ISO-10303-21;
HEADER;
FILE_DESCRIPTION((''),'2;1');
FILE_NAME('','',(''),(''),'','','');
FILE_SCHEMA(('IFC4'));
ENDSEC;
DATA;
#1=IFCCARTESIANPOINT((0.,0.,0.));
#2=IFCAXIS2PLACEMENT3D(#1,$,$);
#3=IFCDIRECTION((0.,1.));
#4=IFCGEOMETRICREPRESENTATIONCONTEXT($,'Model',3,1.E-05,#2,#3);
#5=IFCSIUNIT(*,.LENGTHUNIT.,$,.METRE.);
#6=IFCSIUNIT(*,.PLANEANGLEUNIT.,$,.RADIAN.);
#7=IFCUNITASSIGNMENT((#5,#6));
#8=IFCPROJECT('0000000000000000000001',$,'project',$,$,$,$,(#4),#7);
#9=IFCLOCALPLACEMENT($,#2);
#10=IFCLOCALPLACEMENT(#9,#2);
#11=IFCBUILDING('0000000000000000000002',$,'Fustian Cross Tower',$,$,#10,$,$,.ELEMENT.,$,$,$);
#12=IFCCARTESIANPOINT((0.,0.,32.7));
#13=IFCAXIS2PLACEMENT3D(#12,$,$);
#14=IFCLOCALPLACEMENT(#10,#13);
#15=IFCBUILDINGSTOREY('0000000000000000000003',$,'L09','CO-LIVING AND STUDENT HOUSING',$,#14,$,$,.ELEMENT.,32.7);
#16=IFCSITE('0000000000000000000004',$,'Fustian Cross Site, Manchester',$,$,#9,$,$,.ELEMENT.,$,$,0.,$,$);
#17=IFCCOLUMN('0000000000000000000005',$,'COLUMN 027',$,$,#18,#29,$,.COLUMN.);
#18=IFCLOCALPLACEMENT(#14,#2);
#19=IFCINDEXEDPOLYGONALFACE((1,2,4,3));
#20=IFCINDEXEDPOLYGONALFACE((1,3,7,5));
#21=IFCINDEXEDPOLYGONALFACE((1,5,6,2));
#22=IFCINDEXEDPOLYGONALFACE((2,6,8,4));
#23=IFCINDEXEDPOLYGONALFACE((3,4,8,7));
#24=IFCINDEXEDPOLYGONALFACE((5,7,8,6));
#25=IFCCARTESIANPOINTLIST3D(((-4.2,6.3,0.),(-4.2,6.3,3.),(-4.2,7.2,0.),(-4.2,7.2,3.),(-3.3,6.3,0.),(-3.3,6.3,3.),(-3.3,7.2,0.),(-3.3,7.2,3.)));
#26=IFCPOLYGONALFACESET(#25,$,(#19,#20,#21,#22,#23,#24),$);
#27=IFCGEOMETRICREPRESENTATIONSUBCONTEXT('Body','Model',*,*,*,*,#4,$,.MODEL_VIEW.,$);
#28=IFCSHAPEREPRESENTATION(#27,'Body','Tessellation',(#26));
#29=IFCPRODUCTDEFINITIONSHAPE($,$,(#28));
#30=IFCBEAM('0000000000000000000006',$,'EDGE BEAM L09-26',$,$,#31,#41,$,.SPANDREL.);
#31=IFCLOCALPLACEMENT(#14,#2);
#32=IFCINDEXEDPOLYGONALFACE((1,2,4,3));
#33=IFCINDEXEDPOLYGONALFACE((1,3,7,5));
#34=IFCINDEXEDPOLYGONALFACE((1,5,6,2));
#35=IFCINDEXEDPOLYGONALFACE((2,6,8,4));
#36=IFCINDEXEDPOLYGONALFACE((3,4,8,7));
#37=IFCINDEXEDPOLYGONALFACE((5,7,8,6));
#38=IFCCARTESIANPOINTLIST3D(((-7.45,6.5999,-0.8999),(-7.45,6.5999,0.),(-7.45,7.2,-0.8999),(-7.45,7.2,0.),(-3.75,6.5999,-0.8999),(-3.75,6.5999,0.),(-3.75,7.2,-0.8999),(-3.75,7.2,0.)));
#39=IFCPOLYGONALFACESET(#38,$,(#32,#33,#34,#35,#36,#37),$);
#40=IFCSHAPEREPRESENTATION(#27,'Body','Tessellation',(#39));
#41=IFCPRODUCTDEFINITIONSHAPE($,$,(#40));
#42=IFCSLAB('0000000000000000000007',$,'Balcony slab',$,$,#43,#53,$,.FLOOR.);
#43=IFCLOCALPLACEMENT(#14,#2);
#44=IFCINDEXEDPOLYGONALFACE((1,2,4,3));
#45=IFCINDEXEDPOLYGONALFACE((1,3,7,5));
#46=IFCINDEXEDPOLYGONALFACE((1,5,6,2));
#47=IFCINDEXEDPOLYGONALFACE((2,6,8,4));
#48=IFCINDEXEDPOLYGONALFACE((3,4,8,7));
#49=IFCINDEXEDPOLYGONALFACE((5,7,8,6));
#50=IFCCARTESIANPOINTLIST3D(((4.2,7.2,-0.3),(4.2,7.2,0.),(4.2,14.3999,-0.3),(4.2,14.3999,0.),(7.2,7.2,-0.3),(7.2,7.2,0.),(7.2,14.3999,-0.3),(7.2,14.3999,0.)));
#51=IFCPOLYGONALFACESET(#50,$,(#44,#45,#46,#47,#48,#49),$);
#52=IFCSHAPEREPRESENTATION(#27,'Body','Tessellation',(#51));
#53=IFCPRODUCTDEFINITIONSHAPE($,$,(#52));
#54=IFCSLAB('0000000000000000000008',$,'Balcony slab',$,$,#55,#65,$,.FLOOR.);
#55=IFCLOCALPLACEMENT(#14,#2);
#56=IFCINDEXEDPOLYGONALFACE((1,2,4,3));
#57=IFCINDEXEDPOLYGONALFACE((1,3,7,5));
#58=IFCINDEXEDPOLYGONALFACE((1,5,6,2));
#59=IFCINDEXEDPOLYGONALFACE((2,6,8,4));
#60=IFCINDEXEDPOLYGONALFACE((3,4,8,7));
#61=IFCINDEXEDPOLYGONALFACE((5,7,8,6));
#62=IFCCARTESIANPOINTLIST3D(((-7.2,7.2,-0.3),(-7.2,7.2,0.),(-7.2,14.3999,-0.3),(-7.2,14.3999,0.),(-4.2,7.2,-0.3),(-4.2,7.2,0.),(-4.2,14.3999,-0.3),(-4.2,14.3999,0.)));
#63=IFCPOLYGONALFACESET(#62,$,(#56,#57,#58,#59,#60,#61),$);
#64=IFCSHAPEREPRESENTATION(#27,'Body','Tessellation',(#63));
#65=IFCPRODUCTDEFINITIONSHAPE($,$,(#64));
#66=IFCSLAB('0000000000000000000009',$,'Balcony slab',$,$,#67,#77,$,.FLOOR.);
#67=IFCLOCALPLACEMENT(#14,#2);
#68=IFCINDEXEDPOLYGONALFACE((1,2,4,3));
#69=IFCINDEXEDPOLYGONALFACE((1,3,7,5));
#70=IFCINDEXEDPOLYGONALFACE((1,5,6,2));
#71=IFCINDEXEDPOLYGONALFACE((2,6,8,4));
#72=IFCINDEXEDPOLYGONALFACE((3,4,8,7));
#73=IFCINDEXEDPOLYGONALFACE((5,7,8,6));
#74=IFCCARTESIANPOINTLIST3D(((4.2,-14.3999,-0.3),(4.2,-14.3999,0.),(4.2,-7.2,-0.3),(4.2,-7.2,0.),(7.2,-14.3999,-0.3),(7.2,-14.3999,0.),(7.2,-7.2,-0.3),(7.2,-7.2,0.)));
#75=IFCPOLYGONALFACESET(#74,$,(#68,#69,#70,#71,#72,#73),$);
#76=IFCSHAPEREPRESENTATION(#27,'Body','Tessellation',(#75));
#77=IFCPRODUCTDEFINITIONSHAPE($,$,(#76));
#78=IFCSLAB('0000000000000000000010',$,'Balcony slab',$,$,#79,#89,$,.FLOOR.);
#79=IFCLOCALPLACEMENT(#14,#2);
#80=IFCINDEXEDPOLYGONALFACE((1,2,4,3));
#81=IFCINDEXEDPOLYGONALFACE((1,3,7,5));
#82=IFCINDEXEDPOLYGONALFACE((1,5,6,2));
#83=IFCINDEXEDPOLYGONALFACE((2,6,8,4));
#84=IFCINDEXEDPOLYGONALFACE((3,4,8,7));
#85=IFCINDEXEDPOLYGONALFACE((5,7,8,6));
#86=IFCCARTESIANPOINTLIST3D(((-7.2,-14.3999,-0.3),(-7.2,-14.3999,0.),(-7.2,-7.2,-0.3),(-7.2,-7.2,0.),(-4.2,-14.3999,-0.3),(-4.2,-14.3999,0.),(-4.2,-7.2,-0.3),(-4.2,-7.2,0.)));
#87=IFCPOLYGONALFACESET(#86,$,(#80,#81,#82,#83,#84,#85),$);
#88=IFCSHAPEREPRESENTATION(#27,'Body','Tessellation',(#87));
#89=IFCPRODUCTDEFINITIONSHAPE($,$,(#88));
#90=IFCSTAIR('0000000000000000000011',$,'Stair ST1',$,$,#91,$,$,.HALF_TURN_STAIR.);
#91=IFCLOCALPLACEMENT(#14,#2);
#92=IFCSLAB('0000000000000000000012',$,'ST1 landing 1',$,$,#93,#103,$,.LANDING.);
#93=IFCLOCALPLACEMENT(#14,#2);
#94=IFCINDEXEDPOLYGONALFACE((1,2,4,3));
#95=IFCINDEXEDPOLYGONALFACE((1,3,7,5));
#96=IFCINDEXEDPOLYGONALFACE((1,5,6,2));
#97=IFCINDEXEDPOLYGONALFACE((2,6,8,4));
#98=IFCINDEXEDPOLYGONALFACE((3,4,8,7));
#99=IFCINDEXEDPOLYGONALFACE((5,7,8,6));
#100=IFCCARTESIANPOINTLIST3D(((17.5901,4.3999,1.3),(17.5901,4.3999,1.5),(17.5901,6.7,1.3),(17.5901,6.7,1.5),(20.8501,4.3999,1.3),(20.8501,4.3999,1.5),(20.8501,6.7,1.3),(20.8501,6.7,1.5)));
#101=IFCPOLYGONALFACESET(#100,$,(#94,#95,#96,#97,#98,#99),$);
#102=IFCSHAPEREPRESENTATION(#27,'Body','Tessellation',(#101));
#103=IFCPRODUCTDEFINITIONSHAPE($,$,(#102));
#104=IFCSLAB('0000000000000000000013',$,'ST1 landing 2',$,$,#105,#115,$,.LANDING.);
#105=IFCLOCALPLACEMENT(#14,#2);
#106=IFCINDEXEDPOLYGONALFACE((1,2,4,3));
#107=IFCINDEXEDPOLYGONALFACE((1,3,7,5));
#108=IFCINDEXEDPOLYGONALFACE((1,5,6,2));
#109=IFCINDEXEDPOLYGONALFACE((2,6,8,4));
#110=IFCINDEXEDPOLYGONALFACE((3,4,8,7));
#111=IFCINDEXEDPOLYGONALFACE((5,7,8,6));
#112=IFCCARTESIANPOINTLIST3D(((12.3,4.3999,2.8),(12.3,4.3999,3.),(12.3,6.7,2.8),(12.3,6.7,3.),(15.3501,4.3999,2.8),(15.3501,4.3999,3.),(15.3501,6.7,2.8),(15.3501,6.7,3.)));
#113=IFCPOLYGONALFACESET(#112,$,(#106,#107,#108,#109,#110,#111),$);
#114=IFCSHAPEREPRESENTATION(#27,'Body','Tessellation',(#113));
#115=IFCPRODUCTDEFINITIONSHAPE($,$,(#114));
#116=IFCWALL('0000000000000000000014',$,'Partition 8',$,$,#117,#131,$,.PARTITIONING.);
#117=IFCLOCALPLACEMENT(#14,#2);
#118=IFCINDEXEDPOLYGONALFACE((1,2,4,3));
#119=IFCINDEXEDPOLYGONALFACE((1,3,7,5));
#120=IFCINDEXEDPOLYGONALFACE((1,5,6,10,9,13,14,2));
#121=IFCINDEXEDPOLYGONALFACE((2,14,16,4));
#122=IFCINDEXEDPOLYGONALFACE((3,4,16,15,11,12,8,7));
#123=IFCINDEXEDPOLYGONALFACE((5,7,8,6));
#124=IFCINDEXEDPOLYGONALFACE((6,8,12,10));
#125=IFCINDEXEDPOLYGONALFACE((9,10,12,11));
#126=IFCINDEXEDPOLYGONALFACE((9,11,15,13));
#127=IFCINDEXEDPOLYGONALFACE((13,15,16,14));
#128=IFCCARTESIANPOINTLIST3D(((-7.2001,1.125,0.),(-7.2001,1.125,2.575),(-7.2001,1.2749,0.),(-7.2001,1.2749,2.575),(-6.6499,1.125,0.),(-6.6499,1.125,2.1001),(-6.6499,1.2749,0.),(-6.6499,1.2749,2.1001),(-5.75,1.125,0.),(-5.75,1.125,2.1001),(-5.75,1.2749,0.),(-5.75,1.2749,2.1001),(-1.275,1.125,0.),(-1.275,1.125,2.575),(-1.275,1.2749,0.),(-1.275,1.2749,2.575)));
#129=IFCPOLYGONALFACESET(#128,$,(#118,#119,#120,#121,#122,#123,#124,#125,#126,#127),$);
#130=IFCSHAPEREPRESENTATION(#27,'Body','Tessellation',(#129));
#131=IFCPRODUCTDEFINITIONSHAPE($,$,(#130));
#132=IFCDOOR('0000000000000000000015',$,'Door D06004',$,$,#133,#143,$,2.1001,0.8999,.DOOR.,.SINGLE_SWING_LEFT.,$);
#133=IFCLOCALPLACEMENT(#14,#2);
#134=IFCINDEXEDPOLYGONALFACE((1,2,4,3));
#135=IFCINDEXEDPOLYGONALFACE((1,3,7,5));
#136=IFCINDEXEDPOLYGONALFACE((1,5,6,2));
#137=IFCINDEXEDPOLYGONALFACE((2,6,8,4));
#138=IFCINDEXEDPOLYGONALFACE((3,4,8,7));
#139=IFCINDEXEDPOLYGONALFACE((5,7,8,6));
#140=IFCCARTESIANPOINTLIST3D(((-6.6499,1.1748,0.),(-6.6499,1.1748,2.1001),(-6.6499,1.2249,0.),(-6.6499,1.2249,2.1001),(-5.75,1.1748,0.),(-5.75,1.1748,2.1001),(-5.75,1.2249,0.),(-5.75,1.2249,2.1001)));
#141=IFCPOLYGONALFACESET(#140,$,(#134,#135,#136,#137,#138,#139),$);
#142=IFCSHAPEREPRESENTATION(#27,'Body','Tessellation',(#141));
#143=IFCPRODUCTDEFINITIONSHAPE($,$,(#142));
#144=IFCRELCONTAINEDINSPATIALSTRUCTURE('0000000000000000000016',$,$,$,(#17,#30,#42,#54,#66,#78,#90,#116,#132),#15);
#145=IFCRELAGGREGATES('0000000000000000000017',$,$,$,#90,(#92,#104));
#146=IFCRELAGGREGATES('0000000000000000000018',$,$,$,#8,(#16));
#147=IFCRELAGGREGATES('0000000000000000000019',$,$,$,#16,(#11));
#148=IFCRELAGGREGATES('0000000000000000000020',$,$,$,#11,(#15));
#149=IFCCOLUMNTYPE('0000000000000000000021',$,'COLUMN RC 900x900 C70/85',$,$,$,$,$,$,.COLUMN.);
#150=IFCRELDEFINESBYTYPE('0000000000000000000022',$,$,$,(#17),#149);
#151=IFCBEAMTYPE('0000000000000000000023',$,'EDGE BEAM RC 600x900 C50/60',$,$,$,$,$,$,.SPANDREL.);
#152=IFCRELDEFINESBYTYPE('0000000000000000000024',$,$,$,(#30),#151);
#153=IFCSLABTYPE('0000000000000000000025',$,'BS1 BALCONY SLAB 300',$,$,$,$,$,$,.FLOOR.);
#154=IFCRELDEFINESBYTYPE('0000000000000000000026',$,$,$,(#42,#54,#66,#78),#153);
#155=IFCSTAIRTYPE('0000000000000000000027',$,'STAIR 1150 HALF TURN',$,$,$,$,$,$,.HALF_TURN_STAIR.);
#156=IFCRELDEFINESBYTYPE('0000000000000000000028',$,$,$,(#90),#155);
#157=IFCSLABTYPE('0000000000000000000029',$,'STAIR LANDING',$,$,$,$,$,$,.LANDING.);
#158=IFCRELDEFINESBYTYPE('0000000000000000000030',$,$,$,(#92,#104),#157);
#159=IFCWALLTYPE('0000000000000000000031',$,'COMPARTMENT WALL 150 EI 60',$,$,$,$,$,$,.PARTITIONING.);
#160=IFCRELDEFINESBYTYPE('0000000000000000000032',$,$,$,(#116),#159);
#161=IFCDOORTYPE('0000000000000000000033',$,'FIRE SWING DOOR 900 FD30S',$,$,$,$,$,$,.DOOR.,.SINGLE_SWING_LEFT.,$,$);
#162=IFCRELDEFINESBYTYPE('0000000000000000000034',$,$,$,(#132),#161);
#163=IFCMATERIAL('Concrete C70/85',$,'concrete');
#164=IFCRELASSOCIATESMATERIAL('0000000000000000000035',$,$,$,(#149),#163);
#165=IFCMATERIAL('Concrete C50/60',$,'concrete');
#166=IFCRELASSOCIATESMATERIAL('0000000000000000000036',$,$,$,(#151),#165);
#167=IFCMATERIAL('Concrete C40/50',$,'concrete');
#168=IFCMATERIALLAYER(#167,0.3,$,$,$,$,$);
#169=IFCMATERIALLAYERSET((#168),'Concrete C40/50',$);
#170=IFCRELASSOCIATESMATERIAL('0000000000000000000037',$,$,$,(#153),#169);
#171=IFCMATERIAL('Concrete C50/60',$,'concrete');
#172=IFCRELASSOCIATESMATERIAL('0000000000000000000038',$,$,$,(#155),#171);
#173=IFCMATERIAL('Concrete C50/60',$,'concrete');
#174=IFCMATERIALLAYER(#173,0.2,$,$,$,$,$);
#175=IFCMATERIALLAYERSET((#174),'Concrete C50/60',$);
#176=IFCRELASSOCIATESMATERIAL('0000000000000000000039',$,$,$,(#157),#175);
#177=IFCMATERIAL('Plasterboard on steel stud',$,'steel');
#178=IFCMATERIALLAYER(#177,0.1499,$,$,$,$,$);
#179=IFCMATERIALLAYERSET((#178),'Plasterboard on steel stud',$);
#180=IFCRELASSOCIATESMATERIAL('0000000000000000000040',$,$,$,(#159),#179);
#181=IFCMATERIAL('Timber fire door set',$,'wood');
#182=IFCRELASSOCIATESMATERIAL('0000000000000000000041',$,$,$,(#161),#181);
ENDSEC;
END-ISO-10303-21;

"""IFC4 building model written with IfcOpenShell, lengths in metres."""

from ifc_helpers import new_model, si_unit, direction, frame, frame_2d, origin, origin_2d, place, context, subcontext, project, spatial, polyline, rectangle, outline, extrude, material, layer, layer_set, material_profile, profile_set, type_object, element, fill, aggregate, save


model = new_model("IFC4")

# Units and contexts
model_context = context("Model", 3, precision=1e-05, world=origin(), true_north=direction((0.0, 1.0)))
body_context = subcontext(model_context, "Body", "Model", "MODEL_VIEW")
ifc_project = project(units=[si_unit("LENGTHUNIT", "METRE"), si_unit("PLANEANGLEUNIT", "RADIAN")], contexts=[model_context])

# Site, building, storey
site_placement = place(None, origin())
site = spatial("IfcSite", under=ifc_project, at=site_placement, Name="Fustian Cross Site, Manchester", CompositionType="ELEMENT", RefElevation=0.0)
building_placement = place(site_placement, origin())
building = spatial("IfcBuilding", under=site, at=building_placement, Name="Fustian Cross Tower", CompositionType="ELEMENT")
storey_placement = place(building_placement, frame((0.0, 0.0, 32.7)))
storey = spatial("IfcBuildingStorey", under=building, at=storey_placement, Name="L09", Description="CO-LIVING AND STUDENT HOUSING", CompositionType="ELEMENT", Elevation=32.7)

# Column
ifc_material_1 = material(Name="Concrete C70/85", Category="concrete")
ifc_material_profile_1 = material_profile(ifc_material_1, rectangle(XDim=0.8999, YDim=0.8999, at=origin_2d()), Name="RC 900x900")
ifc_profile_set_1 = profile_set([ifc_material_profile_1], Name="Concrete C70/85")
column_type = type_object("IfcColumnType", Name="COLUMN RC 900x900 C70/85", PredefinedType="COLUMN", material=ifc_profile_set_1)
column_placement = place(storey_placement, frame((-3.75, 6.75, 0.0), z_axis=(0.0, 0.0, 1.0), x_axis=(1.0, 0.0, 0.0)))
element("IfcColumn", 1, at=column_placement, inside=storey, type_object=column_type, Name="COLUMN 027", PredefinedType="COLUMN", context=body_context, shape_type="SweptSolid", body=[
    extrude(rectangle(XDim=0.8999, YDim=0.8999, at=origin_2d()), origin(), (0.0, 0.0, 1.0), 3.0),
])

# Beam
ifc_material_2 = material(Name="Concrete C50/60", Category="concrete")
ifc_material_profile_2 = material_profile(ifc_material_2, rectangle(XDim=0.6001, YDim=0.8999, at=origin_2d()), Name="RC 600x900")
ifc_profile_set_2 = profile_set([ifc_material_profile_2], Name="Concrete C50/60")
beam_type = type_object("IfcBeamType", Name="EDGE BEAM RC 600x900 C50/60", PredefinedType="SPANDREL", material=ifc_profile_set_2)
beam_placement = place(storey_placement, frame((-3.75, 6.8999, -0.45), z_axis=(-1.0, 0.0, 0.0), x_axis=(0.0, -1.0, 0.0)))
element("IfcBeam", 2, at=beam_placement, inside=storey, type_object=beam_type, Name="EDGE BEAM L09-26", PredefinedType="SPANDREL", context=body_context, shape_type="SweptSolid", body=[
    extrude(rectangle(XDim=0.6001, YDim=0.8999, at=origin_2d()), origin(), (0.0, 0.0, 1.0), 3.7),
])

# Slabs
ifc_material_3 = material(Name="Concrete C40/50", Category="concrete")
ifc_layer_1 = layer(ifc_material_3, 0.3)
ifc_layer_set_1 = layer_set([ifc_layer_1], Name="Concrete C40/50")
slab_type_1 = type_object("IfcSlabType", Name="BS1 BALCONY SLAB 300", PredefinedType="FLOOR", material=ifc_layer_set_1)
slab_1_placement = place(storey_placement, frame((0.0, 0.0, -0.3)))
element("IfcSlab", 3, at=slab_1_placement, inside=storey, type_object=slab_type_1, Name="Balcony slab", PredefinedType="FLOOR", context=body_context, shape_type="SweptSolid", body=[
    extrude(outline(polyline([(4.2, 7.2), (7.2, 7.2), (7.2, 14.3999), (4.2, 14.3999), (4.2, 7.2)])), origin(), (0.0, 0.0, 1.0), 0.3),
])
slab_2_placement = place(storey_placement, frame((0.0, 0.0, -0.3)))
element("IfcSlab", 4, at=slab_2_placement, inside=storey, type_object=slab_type_1, Name="Balcony slab", PredefinedType="FLOOR", context=body_context, shape_type="SweptSolid", body=[
    extrude(outline(polyline([(-7.2, 7.2), (-4.2, 7.2), (-4.2, 14.3999), (-7.2, 14.3999), (-7.2, 7.2)])), origin(), (0.0, 0.0, 1.0), 0.3),
])
slab_3_placement = place(storey_placement, frame((0.0, 0.0, -0.3)))
element("IfcSlab", 5, at=slab_3_placement, inside=storey, type_object=slab_type_1, Name="Balcony slab", PredefinedType="FLOOR", context=body_context, shape_type="SweptSolid", body=[
    extrude(outline(polyline([(4.2, -14.3999), (7.2, -14.3999), (7.2, -7.2), (4.2, -7.2), (4.2, -14.3999)])), origin(), (0.0, 0.0, 1.0), 0.3),
])
slab_4_placement = place(storey_placement, frame((0.0, 0.0, -0.3)))
element("IfcSlab", 6, at=slab_4_placement, inside=storey, type_object=slab_type_1, Name="Balcony slab", PredefinedType="FLOOR", context=body_context, shape_type="SweptSolid", body=[
    extrude(outline(polyline([(-7.2, -14.3999), (-4.2, -14.3999), (-4.2, -7.2), (-7.2, -7.2), (-7.2, -14.3999)])), origin(), (0.0, 0.0, 1.0), 0.3),
])

# Stair, slabs
ifc_material_4 = material(Name="Concrete C50/60", Category="concrete")
stair_type = type_object("IfcStairType", Name="STAIR 1150 HALF TURN", PredefinedType="HALF_TURN_STAIR", material=ifc_material_4)
stair_placement = place(storey_placement, origin())
stair = element("IfcStair", 7, at=stair_placement, inside=storey, type_object=stair_type, Name="Stair ST1", PredefinedType="HALF_TURN_STAIR")
ifc_material_5 = material(Name="Concrete C50/60", Category="concrete")
ifc_layer_2 = layer(ifc_material_5, 0.2)
ifc_layer_set_2 = layer_set([ifc_layer_2], Name="Concrete C50/60")
slab_type_2 = type_object("IfcSlabType", Name="STAIR LANDING", PredefinedType="LANDING", material=ifc_layer_set_2)
slab_5_placement = place(storey_placement, frame((0.0, 0.0, 1.3)))
slab_5 = element("IfcSlab", 8, at=slab_5_placement, type_object=slab_type_2, Name="ST1 landing 1", PredefinedType="LANDING", context=body_context, shape_type="SweptSolid", body=[
    extrude(outline(polyline([(17.5901, 4.3999), (20.8501, 4.3999), (20.8501, 6.7), (17.5901, 6.7), (17.5901, 4.3999)])), origin(), (0.0, 0.0, 1.0), 0.2),
])
slab_6_placement = place(storey_placement, frame((0.0, 0.0, 2.8)))
slab_6 = element("IfcSlab", 9, at=slab_6_placement, type_object=slab_type_2, Name="ST1 landing 2", PredefinedType="LANDING", context=body_context, shape_type="SweptSolid", body=[
    extrude(outline(polyline([(12.3, 4.3999), (15.3501, 4.3999), (15.3501, 6.7), (12.3, 6.7), (12.3, 4.3999)])), origin(), (0.0, 0.0, 1.0), 0.2),
])
aggregate(stair, [slab_5, slab_6])

# Wall, opening, door
ifc_material_6 = material(Name="Plasterboard on steel stud", Category="steel")
ifc_layer_3 = layer(ifc_material_6, 0.1499)
ifc_layer_set_3 = layer_set([ifc_layer_3], Name="Plasterboard on steel stud")
wall_type_1 = type_object("IfcWallType", Name="COMPARTMENT WALL 150 EI 60", PredefinedType="PARTITIONING", material=ifc_layer_set_3)
wall_1_placement = place(storey_placement, frame((-7.2, 1.2, 0.0), z_axis=(0.0, 0.0, 1.0), x_axis=(1.0, 0.0, 0.0)))
wall_1 = element("IfcWall", 10, at=wall_1_placement, inside=storey, type_object=wall_type_1, Name="Partition 8", PredefinedType="PARTITIONING", context=body_context, shape_type="SweptSolid", body=[
    extrude(rectangle(XDim=5.925, YDim=0.1499, at=frame_2d((2.9624, 0.0))), origin(), (0.0, 0.0, 1.0), 2.575),
])
opening_1_placement = place(wall_1_placement, frame((0.55, 0.0, 0.0)))
opening_1 = element("IfcOpeningElement", 11, at=opening_1_placement, cuts=wall_1, PredefinedType="OPENING", context=body_context, shape_type="SweptSolid", body=[
    extrude(rectangle(XDim=0.8999, YDim=2.1001, at=frame_2d((0.45, 1.05))), frame((0.0, 0.085, 0.0), z_axis=(0.0, -1.0, 0.0), x_axis=(1.0, 0.0, 0.0)), (0.0, 0.0, 1.0), 0.1699),
])
ifc_material_7 = material(Name="Timber fire door set", Category="wood")
door_type_1 = type_object("IfcDoorType", Name="FIRE SWING DOOR 900 FD30S", OperationType="SINGLE_SWING_LEFT", PredefinedType="DOOR", material=ifc_material_7)
door_1_placement = place(opening_1_placement, origin())
door_1 = element("IfcDoor", 12, at=door_1_placement, inside=storey, type_object=door_type_1, Name="Door D06004", OperationType="SINGLE_SWING_LEFT", OverallHeight=2.1001, OverallWidth=0.8999, PredefinedType="DOOR", context=body_context, shape_type="SweptSolid", body=[
    extrude(rectangle(XDim=0.8999, YDim=2.1001, at=frame_2d((0.45, 1.05))), frame((0.0, 0.0249, 0.0), z_axis=(0.0, -1.0, 0.0), x_axis=(1.0, 0.0, 0.0)), (0.0, 0.0, 1.0), 0.05),
])
fill(opening_1, door_1)

save(model, "model.ifc")
